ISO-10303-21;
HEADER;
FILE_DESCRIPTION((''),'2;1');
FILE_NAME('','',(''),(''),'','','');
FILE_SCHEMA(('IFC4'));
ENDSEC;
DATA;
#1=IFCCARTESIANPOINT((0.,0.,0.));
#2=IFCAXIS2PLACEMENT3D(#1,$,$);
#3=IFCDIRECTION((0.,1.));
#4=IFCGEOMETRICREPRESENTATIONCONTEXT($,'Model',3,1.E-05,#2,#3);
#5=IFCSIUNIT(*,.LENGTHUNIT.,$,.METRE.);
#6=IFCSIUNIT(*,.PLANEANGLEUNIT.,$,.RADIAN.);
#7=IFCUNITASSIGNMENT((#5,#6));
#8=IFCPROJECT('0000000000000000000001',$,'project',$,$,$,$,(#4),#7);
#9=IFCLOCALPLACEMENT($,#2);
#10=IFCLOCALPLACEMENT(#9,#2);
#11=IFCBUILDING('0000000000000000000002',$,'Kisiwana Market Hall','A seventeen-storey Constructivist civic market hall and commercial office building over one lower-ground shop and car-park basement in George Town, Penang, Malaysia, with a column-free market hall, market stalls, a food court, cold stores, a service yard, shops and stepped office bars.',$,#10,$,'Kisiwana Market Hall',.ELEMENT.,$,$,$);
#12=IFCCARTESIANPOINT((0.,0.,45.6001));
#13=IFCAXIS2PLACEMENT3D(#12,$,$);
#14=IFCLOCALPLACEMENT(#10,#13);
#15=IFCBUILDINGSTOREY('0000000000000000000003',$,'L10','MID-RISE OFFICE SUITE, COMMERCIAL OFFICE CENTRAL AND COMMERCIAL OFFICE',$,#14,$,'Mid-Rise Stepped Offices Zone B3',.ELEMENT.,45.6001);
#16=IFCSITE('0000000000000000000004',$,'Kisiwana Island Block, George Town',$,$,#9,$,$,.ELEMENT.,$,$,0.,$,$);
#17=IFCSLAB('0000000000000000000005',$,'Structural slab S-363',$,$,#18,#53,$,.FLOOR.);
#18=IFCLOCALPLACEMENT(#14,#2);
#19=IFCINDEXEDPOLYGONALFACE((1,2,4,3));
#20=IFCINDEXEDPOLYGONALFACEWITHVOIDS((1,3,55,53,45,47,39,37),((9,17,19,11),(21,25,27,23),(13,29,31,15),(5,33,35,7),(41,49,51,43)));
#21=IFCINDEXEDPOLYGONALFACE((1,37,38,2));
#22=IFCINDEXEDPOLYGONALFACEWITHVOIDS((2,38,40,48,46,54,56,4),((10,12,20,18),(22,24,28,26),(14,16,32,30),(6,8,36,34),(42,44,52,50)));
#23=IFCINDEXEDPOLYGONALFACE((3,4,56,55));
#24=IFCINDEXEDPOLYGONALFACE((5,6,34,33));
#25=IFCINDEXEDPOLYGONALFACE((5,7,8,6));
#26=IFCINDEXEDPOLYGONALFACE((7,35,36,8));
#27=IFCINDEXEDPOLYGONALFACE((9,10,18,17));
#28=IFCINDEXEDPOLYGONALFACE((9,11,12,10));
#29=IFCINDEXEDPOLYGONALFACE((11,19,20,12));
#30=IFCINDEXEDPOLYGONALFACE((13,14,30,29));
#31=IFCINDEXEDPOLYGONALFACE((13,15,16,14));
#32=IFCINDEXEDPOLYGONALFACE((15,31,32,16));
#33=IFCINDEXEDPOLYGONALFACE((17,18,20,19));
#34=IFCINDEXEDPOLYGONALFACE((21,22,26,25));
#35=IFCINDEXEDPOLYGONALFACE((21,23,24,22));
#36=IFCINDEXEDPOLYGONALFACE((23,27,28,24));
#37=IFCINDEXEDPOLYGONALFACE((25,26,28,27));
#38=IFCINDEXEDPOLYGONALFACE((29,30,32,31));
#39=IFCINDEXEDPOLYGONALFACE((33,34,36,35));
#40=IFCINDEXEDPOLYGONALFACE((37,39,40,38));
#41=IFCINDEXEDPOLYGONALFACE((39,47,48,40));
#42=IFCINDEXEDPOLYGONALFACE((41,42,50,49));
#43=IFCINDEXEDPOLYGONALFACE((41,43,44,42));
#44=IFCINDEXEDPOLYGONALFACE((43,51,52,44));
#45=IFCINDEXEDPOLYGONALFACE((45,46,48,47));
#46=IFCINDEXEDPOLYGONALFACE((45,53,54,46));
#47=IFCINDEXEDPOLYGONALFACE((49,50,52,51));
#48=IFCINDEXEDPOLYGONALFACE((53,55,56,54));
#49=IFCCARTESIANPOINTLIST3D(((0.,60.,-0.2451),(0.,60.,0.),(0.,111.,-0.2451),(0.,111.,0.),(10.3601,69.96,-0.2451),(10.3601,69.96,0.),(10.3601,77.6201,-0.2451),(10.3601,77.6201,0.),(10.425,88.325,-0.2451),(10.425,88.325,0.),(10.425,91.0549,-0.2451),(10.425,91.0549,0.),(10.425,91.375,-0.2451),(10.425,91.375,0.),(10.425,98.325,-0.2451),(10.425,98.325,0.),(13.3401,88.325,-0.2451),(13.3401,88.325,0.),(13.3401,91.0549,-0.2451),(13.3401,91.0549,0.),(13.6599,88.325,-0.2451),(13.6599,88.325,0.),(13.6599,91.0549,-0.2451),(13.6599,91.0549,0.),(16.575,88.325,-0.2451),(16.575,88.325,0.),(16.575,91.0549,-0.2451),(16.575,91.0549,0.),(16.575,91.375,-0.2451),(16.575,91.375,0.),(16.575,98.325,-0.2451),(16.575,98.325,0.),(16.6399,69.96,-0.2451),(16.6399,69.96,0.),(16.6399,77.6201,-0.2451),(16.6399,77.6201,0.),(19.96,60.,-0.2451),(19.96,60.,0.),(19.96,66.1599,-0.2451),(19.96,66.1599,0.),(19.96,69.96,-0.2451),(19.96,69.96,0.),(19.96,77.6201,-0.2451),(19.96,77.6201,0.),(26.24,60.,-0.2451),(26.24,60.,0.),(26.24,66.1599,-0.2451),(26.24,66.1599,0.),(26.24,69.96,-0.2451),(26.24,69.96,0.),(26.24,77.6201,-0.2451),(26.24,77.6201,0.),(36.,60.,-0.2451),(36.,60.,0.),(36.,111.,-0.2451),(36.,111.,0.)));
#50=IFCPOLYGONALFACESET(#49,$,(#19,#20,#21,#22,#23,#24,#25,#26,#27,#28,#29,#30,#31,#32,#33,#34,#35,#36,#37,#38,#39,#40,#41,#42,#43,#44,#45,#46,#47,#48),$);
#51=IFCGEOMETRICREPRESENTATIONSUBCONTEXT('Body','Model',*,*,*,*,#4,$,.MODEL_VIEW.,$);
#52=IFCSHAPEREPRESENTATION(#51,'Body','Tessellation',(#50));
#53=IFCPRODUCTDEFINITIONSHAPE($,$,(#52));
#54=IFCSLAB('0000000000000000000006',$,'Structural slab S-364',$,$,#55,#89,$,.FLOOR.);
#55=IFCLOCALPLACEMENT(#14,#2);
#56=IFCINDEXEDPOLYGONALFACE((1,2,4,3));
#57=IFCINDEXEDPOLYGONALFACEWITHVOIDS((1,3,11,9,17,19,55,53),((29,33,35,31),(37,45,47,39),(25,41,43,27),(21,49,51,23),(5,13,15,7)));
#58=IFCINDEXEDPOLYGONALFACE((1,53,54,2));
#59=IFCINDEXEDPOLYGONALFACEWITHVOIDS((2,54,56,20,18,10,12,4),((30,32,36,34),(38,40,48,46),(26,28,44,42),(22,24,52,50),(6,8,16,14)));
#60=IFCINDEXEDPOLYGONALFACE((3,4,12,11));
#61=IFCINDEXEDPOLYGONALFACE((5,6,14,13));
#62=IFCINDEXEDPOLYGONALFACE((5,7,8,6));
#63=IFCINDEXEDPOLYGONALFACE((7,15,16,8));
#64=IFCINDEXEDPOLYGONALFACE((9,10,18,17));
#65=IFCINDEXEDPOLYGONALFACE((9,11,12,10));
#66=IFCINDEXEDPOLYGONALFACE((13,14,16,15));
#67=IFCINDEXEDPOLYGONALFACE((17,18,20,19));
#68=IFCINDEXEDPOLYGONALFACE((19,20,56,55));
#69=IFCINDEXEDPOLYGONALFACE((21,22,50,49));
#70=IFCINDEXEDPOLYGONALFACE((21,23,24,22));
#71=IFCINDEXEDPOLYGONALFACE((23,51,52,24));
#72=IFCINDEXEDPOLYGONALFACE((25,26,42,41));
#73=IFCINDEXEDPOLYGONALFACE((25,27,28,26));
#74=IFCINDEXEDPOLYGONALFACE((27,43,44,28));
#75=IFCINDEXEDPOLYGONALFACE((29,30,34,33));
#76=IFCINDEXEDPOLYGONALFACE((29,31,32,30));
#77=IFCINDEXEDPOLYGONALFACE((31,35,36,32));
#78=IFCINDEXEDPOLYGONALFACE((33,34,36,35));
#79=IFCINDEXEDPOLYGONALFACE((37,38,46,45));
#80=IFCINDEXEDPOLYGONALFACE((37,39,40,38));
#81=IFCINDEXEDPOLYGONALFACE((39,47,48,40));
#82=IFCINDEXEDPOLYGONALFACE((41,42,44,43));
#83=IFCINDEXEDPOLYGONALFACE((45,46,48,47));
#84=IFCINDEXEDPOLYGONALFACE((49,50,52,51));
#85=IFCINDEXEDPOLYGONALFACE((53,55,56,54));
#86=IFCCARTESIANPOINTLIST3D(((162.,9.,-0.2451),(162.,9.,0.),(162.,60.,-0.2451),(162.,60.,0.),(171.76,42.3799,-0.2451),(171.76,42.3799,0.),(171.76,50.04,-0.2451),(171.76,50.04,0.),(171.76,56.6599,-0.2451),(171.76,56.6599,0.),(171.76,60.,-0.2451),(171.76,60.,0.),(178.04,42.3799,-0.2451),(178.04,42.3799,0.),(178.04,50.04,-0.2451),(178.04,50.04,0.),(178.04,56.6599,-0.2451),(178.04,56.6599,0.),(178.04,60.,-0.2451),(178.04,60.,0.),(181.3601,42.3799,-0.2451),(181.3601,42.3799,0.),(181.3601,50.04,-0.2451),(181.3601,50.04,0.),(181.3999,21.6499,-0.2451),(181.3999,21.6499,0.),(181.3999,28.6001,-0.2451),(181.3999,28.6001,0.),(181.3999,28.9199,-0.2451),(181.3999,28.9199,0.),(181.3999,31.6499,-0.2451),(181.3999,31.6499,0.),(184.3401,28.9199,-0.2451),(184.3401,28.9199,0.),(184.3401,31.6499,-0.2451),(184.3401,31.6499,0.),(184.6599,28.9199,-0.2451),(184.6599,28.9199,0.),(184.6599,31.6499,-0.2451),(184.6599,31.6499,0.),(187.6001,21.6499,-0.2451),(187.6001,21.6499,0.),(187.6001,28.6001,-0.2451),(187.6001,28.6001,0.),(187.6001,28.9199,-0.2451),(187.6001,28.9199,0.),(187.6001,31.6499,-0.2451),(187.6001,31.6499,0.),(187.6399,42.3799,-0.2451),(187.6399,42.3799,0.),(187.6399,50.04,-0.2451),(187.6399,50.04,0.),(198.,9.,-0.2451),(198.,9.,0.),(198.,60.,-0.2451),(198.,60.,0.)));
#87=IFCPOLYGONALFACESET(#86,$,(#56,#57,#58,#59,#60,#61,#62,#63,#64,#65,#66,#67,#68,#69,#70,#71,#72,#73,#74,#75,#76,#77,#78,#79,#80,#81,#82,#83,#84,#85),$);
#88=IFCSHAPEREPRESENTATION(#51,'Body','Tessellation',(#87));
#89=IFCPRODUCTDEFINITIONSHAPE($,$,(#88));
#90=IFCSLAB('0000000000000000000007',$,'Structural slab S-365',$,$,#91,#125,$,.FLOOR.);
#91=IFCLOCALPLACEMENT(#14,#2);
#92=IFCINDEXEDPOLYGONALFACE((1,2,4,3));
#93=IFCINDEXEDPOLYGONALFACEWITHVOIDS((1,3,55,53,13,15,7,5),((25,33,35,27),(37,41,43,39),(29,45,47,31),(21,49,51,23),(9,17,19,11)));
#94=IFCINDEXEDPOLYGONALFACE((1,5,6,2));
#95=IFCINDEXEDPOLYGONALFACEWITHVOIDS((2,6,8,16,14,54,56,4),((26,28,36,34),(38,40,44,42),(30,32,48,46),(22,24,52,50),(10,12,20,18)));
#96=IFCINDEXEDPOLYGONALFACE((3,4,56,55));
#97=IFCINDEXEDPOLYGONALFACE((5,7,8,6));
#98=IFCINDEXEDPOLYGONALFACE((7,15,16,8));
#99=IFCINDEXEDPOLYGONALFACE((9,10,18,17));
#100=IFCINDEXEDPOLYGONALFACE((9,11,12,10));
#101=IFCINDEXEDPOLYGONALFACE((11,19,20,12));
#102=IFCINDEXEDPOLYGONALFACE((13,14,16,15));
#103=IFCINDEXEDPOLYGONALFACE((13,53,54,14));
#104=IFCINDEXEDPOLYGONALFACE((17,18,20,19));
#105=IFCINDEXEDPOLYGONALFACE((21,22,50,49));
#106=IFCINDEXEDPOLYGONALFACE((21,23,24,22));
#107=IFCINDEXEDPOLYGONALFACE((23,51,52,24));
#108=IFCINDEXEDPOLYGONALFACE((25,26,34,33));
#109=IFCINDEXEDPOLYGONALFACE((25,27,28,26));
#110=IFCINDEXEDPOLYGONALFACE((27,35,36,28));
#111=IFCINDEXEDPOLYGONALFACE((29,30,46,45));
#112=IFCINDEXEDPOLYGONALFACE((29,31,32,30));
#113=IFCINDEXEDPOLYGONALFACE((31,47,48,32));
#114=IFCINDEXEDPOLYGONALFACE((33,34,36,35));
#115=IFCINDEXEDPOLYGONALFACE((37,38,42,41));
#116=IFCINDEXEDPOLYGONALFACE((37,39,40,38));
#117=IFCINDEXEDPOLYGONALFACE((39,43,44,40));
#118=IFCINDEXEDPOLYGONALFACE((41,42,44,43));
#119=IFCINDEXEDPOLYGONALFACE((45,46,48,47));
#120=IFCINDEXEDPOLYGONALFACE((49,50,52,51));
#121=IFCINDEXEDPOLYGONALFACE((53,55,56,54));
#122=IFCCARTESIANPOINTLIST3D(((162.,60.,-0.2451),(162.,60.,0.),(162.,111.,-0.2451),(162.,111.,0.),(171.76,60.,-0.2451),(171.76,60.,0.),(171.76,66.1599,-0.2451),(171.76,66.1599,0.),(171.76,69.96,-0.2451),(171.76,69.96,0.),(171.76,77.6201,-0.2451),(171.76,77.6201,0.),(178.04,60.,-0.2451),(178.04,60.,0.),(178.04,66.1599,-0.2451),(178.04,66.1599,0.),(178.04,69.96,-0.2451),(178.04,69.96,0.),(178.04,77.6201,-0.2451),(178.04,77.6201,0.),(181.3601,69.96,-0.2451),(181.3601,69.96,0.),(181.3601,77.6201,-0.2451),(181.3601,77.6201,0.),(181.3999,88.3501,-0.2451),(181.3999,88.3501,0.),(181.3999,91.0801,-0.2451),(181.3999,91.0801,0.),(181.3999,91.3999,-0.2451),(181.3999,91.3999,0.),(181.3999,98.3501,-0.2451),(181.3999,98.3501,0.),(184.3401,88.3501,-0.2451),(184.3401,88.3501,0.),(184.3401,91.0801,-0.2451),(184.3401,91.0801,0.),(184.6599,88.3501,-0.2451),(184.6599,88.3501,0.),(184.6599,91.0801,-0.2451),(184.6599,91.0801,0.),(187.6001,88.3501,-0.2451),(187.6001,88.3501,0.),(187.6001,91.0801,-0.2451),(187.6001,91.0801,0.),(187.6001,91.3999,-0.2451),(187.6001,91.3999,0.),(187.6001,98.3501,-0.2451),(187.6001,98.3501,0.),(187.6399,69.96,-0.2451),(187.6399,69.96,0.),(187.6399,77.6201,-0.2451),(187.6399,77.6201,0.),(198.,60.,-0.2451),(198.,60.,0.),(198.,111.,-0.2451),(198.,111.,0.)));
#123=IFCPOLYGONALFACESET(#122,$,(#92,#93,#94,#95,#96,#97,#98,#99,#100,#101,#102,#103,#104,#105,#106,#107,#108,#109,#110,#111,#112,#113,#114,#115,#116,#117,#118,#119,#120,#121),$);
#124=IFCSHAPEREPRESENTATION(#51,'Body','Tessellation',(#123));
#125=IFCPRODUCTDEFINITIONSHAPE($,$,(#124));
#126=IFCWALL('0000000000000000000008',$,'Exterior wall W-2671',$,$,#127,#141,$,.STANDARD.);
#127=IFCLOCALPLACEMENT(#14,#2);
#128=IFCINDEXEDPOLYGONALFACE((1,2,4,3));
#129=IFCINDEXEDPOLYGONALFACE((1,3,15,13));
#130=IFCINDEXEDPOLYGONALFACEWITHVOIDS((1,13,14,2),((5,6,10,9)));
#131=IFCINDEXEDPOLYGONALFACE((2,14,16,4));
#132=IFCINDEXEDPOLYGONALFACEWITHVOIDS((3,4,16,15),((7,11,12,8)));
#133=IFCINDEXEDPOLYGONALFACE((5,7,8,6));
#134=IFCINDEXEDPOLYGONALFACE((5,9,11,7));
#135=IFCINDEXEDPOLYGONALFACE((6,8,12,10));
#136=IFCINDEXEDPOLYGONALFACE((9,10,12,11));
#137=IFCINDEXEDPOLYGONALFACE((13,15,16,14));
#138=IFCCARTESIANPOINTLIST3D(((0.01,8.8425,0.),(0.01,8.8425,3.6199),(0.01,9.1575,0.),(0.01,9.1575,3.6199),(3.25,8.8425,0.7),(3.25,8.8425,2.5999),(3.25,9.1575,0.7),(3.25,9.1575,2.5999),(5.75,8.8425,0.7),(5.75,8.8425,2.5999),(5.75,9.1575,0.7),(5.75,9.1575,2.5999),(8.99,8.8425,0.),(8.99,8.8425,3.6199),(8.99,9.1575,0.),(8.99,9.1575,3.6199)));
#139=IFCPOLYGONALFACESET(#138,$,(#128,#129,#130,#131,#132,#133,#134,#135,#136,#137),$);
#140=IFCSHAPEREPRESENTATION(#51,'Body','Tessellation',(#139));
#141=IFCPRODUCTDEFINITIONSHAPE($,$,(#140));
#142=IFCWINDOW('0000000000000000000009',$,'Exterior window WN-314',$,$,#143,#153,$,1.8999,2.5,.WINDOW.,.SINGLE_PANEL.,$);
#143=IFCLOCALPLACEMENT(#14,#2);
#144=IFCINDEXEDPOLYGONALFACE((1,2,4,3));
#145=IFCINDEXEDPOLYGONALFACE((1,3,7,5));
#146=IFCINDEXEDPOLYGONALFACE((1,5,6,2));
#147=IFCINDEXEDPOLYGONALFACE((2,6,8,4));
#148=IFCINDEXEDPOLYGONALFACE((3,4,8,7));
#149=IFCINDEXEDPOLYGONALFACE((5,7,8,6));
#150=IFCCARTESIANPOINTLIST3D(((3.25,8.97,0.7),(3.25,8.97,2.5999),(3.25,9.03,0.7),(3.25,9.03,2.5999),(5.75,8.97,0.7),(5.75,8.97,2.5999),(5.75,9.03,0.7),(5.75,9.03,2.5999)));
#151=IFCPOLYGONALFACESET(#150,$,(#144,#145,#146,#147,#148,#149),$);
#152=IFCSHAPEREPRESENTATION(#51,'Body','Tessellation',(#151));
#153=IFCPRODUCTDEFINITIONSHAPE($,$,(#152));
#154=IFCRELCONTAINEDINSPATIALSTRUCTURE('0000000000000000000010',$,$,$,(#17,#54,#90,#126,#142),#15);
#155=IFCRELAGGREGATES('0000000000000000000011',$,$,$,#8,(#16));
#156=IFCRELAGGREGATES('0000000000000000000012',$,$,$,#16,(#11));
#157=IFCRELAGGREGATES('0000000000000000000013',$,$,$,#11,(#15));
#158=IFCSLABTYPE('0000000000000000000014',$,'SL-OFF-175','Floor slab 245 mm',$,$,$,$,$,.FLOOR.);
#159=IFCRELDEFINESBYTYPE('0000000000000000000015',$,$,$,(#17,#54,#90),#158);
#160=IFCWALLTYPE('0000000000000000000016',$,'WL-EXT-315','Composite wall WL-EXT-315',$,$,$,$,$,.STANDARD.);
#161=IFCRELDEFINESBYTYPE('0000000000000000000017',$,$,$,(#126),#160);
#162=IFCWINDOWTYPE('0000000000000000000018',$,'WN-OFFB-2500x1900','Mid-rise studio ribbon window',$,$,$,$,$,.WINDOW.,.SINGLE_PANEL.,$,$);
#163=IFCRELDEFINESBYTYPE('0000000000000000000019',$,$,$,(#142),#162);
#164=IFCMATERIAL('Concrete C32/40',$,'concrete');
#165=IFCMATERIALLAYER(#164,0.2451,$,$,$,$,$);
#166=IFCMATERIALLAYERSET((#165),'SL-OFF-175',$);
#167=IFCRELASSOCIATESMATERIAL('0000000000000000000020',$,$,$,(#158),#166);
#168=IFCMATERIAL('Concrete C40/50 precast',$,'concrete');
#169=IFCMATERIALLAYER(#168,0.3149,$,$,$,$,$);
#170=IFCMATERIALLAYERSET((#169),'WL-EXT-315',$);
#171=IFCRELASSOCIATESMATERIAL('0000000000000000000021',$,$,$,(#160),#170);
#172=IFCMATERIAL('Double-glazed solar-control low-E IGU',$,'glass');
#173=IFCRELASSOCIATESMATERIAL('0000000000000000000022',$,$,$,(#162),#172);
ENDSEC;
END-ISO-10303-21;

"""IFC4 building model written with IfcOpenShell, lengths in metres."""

from ifc_helpers import new_model, si_unit, direction, frame, frame_2d, origin, place, context, subcontext, project, spatial, polyline, rectangle, outline, extrude, material, layer, layer_set, type_object, element, fill, save


model = new_model("IFC4")

# Units and contexts
model_context = context("Model", 3, precision=1e-05, world=origin(), true_north=direction((0.0, 1.0)))
body_context = subcontext(model_context, "Body", "Model", "MODEL_VIEW")
ifc_project = project(units=[si_unit("LENGTHUNIT", "METRE"), si_unit("PLANEANGLEUNIT", "RADIAN")], contexts=[model_context])

# Site, building, storey
site_placement = place(None, origin())
site = spatial("IfcSite", under=ifc_project, at=site_placement, Name="Kisiwana Island Block, George Town", CompositionType="ELEMENT", RefElevation=0.0)
building_placement = place(site_placement, origin())
building = spatial("IfcBuilding", under=site, at=building_placement, Name="Kisiwana Market Hall", Description="A seventeen-storey Constructivist civic market hall and commercial office building over one lower-ground shop and car-park basement in George Town, Penang, Malaysia, with a column-free market hall, market stalls, a food court, cold stores, a service yard, shops and stepped office bars.", LongName="Kisiwana Market Hall", CompositionType="ELEMENT")
storey_placement = place(building_placement, frame((0.0, 0.0, 45.6001)))
storey = spatial("IfcBuildingStorey", under=building, at=storey_placement, Name="L10", Description="MID-RISE OFFICE SUITE, COMMERCIAL OFFICE CENTRAL AND COMMERCIAL OFFICE", LongName="Mid-Rise Stepped Offices Zone B3", CompositionType="ELEMENT", Elevation=45.6001)

# Slabs
ifc_material_1 = material(Name="Concrete C32/40", Category="concrete")
ifc_layer_1 = layer(ifc_material_1, 0.2451)
ifc_layer_set_1 = layer_set([ifc_layer_1], Name="SL-OFF-175")
slab_type_1 = type_object("IfcSlabType", Name="SL-OFF-175", Description="Floor slab 245 mm", PredefinedType="FLOOR", material=ifc_layer_set_1)
slab_1_placement = place(storey_placement, frame((0.0, 0.0, -0.2451)))
element("IfcSlab", 1, at=slab_1_placement, inside=storey, type_object=slab_type_1, Name="Structural slab S-363", PredefinedType="FLOOR", context=body_context, shape_type="SweptSolid", body=[
    extrude(outline(polyline([(0.0, 60.0), (19.96, 60.0), (19.96, 66.1599), (26.24, 66.1599), (26.24, 60.0), (36.0, 60.0), (36.0, 111.0), (0.0, 111.0), (0.0, 60.0)]), holes=[polyline([(10.425, 91.375), (16.575, 91.375), (16.575, 98.325), (10.425, 98.325), (10.425, 91.375)]), polyline([(10.425, 88.325), (13.3401, 88.325), (13.3401, 91.0549), (10.425, 91.0549), (10.425, 88.325)]), polyline([(13.6599, 88.325), (16.575, 88.325), (16.575, 91.0549), (13.6599, 91.0549), (13.6599, 88.325)]), polyline([(10.3601, 69.96), (16.6399, 69.96), (16.6399, 77.6201), (10.3601, 77.6201), (10.3601, 69.96)]), polyline([(19.96, 69.96), (26.24, 69.96), (26.24, 77.6201), (19.96, 77.6201), (19.96, 69.96)])]), origin(), (0.0, 0.0, 1.0), 0.2451),
])
slab_2_placement = place(storey_placement, frame((0.0, 0.0, -0.2451)))
element("IfcSlab", 2, at=slab_2_placement, inside=storey, type_object=slab_type_1, Name="Structural slab S-364", PredefinedType="FLOOR", context=body_context, shape_type="SweptSolid", body=[
    extrude(outline(polyline([(162.0, 9.0), (198.0, 9.0), (198.0, 60.0), (178.04, 60.0), (178.04, 56.6599), (171.76, 56.6599), (171.76, 60.0), (162.0, 60.0), (162.0, 9.0)]), holes=[polyline([(181.3999, 21.6499), (187.6001, 21.6499), (187.6001, 28.6001), (181.3999, 28.6001), (181.3999, 21.6499)]), polyline([(181.3999, 28.9199), (184.3401, 28.9199), (184.3401, 31.6499), (181.3999, 31.6499), (181.3999, 28.9199)]), polyline([(184.6599, 28.9199), (187.6001, 28.9199), (187.6001, 31.6499), (184.6599, 31.6499), (184.6599, 28.9199)]), polyline([(181.3601, 42.3799), (187.6399, 42.3799), (187.6399, 50.04), (181.3601, 50.04), (181.3601, 42.3799)]), polyline([(171.76, 42.3799), (178.04, 42.3799), (178.04, 50.04), (171.76, 50.04), (171.76, 42.3799)])]), origin(), (0.0, 0.0, 1.0), 0.2451),
])
slab_3_placement = place(storey_placement, frame((0.0, 0.0, -0.2451)))
element("IfcSlab", 3, at=slab_3_placement, inside=storey, type_object=slab_type_1, Name="Structural slab S-365", PredefinedType="FLOOR", context=body_context, shape_type="SweptSolid", body=[
    extrude(outline(polyline([(162.0, 60.0), (171.76, 60.0), (171.76, 66.1599), (178.04, 66.1599), (178.04, 60.0), (198.0, 60.0), (198.0, 111.0), (162.0, 111.0), (162.0, 60.0)]), holes=[polyline([(181.3999, 91.3999), (187.6001, 91.3999), (187.6001, 98.3501), (181.3999, 98.3501), (181.3999, 91.3999)]), polyline([(181.3999, 88.3501), (184.3401, 88.3501), (184.3401, 91.0801), (181.3999, 91.0801), (181.3999, 88.3501)]), polyline([(184.6599, 88.3501), (187.6001, 88.3501), (187.6001, 91.0801), (184.6599, 91.0801), (184.6599, 88.3501)]), polyline([(181.3601, 69.96), (187.6399, 69.96), (187.6399, 77.6201), (181.3601, 77.6201), (181.3601, 69.96)]), polyline([(171.76, 69.96), (178.04, 69.96), (178.04, 77.6201), (171.76, 77.6201), (171.76, 69.96)])]), origin(), (0.0, 0.0, 1.0), 0.2451),
])

# Wall, opening, window
ifc_material_2 = material(Name="Concrete C40/50 precast", Category="concrete")
ifc_layer_2 = layer(ifc_material_2, 0.3149)
ifc_layer_set_2 = layer_set([ifc_layer_2], Name="WL-EXT-315")
wall_type = type_object("IfcWallType", Name="WL-EXT-315", Description="Composite wall WL-EXT-315", PredefinedType="STANDARD", material=ifc_layer_set_2)
wall_1_placement = place(storey_placement, frame((0.01, 9.0, 0.0), z_axis=(0.0, 0.0, 1.0), x_axis=(1.0, 0.0, 0.0)))
wall_1 = element("IfcWall", 4, at=wall_1_placement, inside=storey, type_object=wall_type, Name="Exterior wall W-2671", PredefinedType="STANDARD", context=body_context, shape_type="SweptSolid", body=[
    extrude(rectangle(XDim=8.98, YDim=0.3149, at=frame_2d((4.49, 0.0))), origin(), (0.0, 0.0, 1.0), 3.6199),
])
opening_1_placement = place(wall_1_placement, frame((3.24, 0.0, 0.7)))
opening_1 = element("IfcOpeningElement", 5, at=opening_1_placement, cuts=wall_1, PredefinedType="OPENING", context=body_context, shape_type="SweptSolid", body=[
    extrude(rectangle(XDim=2.5, YDim=1.8999, at=frame_2d((1.25, 0.95))), frame((0.0, 0.1694, 0.0), z_axis=(0.0, -1.0, 0.0), x_axis=(1.0, 0.0, 0.0)), (0.0, 0.0, 1.0), 0.3389),
])
ifc_material_3 = material(Name="Double-glazed solar-control low-E IGU", Category="glass")
window_type_1 = type_object("IfcWindowType", Name="WN-OFFB-2500x1900", Description="Mid-rise studio ribbon window", PartitioningType="SINGLE_PANEL", PredefinedType="WINDOW", material=ifc_material_3)
window_1_placement = place(opening_1_placement, origin())
window_1 = element("IfcWindow", 6, at=window_1_placement, inside=storey, type_object=window_type_1, Name="Exterior window WN-314", OverallHeight=1.8999, OverallWidth=2.5, PartitioningType="SINGLE_PANEL", PredefinedType="WINDOW", context=body_context, shape_type="SweptSolid", body=[
    extrude(rectangle(XDim=2.5, YDim=1.8999, at=frame_2d((1.25, 0.95))), frame((0.0, 0.03, 0.0), z_axis=(0.0, -1.0, 0.0), x_axis=(1.0, 0.0, 0.0)), (0.0, 0.0, 1.0), 0.0601),
])
fill(opening_1, window_1)

save(model, "model.ifc")
